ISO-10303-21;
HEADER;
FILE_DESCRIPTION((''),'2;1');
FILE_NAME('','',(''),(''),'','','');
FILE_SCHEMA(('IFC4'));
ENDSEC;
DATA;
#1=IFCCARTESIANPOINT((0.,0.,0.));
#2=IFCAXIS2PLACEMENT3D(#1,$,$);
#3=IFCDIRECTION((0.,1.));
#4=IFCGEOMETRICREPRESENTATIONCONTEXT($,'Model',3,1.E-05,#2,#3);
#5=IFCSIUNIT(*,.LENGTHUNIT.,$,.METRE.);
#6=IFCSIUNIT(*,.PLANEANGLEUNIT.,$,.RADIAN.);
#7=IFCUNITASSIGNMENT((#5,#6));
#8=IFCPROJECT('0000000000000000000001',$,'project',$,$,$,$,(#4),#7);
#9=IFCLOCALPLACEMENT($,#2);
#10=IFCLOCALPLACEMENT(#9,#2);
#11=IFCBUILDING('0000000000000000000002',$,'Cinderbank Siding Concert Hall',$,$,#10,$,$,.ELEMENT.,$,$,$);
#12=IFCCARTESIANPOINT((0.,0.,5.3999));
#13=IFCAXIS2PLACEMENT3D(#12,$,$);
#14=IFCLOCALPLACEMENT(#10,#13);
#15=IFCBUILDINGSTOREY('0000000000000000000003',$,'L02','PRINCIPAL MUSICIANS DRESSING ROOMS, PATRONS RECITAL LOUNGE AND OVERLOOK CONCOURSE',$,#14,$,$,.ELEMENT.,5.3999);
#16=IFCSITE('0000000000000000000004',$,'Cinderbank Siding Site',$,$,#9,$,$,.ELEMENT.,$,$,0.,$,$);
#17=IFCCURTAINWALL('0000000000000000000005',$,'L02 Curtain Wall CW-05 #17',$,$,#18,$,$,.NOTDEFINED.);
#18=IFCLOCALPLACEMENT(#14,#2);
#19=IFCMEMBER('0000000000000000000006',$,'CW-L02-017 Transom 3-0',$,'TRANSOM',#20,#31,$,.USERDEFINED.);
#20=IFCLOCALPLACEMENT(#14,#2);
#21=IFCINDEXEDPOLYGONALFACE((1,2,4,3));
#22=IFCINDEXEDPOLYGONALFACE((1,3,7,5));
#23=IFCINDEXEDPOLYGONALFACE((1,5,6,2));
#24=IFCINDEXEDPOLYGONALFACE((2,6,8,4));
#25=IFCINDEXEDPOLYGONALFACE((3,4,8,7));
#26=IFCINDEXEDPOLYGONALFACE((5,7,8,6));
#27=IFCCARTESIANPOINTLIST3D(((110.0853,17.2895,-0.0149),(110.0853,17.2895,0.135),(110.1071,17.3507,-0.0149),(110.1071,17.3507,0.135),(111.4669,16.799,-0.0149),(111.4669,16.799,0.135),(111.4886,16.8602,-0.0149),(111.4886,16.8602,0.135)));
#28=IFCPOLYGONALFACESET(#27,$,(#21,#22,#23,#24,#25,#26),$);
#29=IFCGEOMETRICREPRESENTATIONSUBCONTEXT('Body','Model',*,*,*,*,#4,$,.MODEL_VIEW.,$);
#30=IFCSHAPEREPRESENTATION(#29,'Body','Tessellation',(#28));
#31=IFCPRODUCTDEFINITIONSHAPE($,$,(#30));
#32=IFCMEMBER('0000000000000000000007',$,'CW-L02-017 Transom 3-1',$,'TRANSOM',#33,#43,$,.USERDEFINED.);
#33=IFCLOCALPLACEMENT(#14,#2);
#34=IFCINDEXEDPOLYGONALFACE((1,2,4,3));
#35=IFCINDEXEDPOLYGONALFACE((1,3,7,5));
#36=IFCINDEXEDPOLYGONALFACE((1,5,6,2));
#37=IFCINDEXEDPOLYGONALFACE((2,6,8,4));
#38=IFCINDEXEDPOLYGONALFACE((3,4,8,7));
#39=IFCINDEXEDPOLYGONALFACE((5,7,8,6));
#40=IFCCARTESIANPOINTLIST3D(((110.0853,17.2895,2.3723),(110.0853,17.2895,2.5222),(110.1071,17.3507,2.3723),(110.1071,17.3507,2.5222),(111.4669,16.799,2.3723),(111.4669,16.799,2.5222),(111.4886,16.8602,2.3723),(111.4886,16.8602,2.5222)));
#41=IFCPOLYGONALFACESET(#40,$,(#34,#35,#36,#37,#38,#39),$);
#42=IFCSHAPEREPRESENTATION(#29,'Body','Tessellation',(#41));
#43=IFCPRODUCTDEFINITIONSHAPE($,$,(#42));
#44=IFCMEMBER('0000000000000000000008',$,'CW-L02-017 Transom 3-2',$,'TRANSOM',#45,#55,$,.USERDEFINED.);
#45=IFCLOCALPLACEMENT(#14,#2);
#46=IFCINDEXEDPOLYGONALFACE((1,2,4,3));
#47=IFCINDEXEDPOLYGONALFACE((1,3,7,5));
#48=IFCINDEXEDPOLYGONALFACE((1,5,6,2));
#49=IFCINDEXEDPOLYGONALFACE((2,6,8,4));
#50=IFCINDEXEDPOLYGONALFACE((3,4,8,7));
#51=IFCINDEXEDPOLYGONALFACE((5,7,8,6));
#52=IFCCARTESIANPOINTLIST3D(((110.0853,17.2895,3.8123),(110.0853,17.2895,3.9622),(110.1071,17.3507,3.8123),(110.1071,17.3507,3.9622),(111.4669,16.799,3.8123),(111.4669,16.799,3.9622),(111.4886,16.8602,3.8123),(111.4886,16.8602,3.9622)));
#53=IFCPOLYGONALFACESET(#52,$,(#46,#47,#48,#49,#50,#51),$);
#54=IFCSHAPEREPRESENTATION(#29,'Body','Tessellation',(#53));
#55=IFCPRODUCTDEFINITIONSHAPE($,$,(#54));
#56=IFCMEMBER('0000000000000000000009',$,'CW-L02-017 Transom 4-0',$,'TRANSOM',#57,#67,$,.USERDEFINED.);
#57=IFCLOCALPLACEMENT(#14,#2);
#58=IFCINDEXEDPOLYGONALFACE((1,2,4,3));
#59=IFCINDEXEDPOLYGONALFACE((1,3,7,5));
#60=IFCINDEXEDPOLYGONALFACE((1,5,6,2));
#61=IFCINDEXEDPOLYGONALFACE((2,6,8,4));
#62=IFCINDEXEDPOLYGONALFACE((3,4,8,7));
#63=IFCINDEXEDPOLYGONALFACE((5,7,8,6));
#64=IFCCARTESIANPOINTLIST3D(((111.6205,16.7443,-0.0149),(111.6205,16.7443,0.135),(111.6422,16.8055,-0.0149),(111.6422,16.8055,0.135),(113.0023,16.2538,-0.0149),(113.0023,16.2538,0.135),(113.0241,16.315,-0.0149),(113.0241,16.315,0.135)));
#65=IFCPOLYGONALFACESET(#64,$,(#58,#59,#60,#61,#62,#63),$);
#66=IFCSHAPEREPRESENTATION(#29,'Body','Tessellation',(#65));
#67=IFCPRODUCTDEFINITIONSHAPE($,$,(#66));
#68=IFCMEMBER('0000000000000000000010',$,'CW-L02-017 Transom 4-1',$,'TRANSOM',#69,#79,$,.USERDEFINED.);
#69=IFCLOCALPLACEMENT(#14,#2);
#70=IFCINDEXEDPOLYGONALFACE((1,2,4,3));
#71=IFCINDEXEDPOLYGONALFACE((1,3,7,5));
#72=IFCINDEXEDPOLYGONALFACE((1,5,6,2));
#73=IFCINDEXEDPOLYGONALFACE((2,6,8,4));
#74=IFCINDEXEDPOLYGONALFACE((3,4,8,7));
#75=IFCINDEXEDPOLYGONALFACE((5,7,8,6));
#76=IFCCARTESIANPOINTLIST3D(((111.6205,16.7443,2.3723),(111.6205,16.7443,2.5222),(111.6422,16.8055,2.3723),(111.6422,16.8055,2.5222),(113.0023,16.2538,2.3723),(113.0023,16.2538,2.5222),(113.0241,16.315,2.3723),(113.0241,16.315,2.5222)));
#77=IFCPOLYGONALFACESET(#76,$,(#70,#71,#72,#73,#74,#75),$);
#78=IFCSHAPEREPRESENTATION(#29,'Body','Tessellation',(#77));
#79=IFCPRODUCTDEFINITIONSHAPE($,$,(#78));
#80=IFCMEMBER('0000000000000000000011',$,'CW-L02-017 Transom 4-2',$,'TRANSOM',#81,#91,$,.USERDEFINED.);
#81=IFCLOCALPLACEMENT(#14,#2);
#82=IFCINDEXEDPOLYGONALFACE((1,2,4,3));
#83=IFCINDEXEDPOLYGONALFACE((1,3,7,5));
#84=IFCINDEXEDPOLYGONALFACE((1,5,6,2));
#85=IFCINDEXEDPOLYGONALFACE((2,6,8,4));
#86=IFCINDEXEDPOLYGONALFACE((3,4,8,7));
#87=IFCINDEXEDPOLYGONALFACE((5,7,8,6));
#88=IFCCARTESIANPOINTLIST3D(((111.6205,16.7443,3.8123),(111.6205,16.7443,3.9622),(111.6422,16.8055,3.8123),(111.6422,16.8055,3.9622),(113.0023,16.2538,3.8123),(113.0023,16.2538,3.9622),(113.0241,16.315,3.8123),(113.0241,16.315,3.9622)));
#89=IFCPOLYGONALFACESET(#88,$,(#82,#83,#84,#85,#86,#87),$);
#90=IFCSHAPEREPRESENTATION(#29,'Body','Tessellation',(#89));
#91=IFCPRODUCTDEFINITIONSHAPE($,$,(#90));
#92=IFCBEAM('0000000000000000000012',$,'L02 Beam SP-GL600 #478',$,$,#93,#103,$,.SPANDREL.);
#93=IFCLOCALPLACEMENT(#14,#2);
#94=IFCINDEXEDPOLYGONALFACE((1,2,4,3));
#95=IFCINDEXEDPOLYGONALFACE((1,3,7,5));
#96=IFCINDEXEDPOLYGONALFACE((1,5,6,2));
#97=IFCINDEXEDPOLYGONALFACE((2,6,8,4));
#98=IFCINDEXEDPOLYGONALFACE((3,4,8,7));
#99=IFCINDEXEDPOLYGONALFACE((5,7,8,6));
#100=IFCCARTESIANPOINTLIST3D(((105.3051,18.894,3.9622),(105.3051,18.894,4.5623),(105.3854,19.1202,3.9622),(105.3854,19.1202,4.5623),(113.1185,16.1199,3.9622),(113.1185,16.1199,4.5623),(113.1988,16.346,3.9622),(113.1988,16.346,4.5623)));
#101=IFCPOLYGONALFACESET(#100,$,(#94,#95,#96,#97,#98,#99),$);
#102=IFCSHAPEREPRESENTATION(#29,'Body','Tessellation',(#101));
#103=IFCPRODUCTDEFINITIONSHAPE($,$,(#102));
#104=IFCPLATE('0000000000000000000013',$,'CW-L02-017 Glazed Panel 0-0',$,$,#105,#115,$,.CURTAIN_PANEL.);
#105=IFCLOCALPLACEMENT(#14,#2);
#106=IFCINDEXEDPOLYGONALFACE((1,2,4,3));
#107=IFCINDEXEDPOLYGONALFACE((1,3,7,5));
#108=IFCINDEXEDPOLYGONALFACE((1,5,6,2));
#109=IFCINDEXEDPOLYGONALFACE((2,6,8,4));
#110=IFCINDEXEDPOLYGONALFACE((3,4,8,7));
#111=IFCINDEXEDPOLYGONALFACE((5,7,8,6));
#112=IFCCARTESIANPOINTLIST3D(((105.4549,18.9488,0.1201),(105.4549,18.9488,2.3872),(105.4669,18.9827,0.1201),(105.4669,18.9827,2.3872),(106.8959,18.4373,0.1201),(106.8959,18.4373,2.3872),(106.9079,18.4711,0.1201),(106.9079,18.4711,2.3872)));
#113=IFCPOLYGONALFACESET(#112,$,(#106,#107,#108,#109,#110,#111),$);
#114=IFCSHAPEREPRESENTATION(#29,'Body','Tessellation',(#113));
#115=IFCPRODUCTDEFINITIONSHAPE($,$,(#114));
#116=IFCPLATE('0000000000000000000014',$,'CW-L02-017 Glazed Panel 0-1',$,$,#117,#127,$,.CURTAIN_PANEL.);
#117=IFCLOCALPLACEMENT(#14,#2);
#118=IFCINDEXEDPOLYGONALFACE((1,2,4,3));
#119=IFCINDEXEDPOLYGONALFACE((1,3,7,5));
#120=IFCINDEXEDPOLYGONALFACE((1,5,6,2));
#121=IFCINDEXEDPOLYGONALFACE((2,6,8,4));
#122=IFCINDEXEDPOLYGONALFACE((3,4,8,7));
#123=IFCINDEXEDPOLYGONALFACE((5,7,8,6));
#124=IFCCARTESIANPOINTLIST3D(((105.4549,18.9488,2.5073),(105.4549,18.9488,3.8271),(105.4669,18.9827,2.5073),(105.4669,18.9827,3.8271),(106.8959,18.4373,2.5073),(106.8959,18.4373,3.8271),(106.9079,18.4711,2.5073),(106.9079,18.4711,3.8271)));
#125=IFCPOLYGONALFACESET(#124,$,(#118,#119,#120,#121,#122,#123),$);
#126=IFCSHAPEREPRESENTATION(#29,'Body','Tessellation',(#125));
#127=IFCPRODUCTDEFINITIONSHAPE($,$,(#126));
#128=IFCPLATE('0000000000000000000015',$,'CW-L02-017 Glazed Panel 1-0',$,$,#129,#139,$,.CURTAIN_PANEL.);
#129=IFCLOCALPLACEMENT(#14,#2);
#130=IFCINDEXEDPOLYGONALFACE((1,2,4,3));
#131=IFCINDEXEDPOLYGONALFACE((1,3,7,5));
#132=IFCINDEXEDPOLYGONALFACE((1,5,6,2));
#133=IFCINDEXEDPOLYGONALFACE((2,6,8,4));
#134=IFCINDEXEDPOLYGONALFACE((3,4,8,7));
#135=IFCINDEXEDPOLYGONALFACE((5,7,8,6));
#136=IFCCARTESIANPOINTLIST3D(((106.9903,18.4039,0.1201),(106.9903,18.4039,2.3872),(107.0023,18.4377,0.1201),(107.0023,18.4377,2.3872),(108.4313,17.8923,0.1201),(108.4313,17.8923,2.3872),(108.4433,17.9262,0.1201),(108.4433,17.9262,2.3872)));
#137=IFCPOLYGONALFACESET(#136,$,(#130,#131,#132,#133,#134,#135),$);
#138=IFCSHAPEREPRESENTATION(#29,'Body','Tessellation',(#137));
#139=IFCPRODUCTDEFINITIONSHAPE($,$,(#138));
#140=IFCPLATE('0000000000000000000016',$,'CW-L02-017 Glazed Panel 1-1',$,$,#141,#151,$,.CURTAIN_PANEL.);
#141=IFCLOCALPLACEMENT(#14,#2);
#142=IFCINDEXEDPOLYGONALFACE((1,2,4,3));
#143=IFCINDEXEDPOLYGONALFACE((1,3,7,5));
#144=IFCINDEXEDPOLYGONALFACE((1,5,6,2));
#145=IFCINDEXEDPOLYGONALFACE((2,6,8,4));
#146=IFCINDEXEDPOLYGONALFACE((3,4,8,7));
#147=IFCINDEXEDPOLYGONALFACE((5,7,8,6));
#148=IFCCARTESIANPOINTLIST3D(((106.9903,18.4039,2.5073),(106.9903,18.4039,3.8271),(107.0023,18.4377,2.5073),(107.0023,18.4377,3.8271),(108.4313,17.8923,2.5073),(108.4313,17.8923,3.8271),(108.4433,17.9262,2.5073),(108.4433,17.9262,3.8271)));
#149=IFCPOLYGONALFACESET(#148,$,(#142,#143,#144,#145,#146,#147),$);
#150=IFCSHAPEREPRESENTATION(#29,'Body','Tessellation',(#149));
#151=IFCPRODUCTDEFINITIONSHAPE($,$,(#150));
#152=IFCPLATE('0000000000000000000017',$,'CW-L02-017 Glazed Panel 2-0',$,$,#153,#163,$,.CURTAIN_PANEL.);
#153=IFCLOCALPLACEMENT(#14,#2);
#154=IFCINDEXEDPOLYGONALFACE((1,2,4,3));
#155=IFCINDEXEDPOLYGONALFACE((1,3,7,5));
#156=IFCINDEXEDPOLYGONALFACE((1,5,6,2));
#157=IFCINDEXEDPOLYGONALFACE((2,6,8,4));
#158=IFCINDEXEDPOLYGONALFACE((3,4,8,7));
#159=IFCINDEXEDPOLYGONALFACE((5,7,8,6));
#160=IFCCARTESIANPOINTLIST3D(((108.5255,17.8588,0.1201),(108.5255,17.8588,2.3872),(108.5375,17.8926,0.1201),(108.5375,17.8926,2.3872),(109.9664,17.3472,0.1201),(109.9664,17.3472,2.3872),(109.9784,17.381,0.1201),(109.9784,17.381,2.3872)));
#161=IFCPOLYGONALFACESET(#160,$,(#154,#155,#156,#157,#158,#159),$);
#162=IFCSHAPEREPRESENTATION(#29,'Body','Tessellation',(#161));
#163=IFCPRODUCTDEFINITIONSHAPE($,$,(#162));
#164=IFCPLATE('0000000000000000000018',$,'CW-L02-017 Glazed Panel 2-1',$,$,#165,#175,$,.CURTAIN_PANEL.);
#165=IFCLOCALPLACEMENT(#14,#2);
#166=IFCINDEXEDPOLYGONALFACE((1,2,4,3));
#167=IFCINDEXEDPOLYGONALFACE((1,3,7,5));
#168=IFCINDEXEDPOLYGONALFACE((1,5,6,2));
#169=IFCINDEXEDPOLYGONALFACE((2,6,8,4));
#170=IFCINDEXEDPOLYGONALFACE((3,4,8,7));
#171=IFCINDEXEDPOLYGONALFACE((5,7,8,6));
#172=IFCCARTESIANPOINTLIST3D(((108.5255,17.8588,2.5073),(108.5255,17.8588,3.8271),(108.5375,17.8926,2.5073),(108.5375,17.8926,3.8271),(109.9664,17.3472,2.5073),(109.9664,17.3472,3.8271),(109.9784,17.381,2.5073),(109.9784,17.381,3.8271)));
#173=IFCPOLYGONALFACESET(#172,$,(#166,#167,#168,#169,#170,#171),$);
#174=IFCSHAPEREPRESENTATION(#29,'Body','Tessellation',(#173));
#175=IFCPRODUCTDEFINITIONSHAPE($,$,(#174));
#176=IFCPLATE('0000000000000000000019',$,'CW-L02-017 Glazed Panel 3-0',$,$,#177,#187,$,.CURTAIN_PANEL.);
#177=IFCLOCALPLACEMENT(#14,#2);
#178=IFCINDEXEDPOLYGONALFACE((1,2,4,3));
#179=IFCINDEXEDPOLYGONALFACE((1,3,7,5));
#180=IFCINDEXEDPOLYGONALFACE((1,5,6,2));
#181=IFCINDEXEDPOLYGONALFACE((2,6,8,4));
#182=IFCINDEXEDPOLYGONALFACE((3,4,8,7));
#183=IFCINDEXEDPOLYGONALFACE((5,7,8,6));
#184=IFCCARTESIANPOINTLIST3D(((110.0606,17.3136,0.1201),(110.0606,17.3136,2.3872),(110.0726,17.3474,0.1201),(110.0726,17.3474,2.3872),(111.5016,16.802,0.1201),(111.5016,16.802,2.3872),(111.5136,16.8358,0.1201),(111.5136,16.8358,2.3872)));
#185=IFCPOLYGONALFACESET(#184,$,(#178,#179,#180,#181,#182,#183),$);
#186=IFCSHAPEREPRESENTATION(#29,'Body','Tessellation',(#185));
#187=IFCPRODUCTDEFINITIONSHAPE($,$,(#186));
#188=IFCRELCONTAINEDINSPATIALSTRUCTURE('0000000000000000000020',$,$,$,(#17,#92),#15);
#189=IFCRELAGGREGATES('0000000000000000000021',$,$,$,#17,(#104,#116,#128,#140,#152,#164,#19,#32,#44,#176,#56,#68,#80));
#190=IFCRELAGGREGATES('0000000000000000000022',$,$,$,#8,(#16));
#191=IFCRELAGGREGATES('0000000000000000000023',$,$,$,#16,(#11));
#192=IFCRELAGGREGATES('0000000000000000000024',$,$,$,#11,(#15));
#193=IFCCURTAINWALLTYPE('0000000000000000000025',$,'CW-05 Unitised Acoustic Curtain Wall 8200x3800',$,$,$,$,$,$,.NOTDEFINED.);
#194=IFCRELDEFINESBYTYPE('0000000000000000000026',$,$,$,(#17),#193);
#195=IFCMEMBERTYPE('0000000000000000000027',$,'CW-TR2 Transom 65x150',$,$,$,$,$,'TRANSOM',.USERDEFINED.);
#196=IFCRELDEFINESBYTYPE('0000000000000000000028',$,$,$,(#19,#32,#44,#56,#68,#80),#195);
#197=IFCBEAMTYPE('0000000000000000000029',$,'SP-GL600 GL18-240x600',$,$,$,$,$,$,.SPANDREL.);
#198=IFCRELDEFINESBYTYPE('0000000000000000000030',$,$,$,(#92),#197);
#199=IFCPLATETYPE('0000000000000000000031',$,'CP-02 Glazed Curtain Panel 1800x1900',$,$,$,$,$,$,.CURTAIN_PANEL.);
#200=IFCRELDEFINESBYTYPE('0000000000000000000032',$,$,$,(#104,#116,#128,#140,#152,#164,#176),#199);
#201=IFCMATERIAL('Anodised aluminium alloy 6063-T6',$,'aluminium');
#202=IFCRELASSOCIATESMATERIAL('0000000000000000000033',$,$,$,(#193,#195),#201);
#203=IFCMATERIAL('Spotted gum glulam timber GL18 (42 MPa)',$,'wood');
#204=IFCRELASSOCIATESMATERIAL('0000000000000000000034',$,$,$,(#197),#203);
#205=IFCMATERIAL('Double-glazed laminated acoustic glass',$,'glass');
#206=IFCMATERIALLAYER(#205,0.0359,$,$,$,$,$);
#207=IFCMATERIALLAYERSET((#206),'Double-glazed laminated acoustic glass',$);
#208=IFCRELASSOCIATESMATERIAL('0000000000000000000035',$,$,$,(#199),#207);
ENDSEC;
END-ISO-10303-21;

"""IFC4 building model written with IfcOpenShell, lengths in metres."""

from ifc_helpers import new_model, si_unit, direction, frame, origin, origin_2d, place, context, subcontext, project, spatial, rectangle, extrude, material, layer, layer_set, material_profile, profile_set, type_object, element, aggregate, save


model = new_model("IFC4")

# Units and contexts
model_context = context("Model", 3, precision=1e-05, world=origin(), true_north=direction((0.0, 1.0)))
body_context = subcontext(model_context, "Body", "Model", "MODEL_VIEW")
ifc_project = project(units=[si_unit("LENGTHUNIT", "METRE"), si_unit("PLANEANGLEUNIT", "RADIAN")], contexts=[model_context])

# Site, building, storey
site_placement = place(None, origin())
site = spatial("IfcSite", under=ifc_project, at=site_placement, Name="Cinderbank Siding Site", CompositionType="ELEMENT", RefElevation=0.0)
building_placement = place(site_placement, origin())
building = spatial("IfcBuilding", under=site, at=building_placement, Name="Cinderbank Siding Concert Hall", CompositionType="ELEMENT")
storey_placement = place(building_placement, frame((0.0, 0.0, 5.3999)))
storey = spatial("IfcBuildingStorey", under=building, at=storey_placement, Name="L02", Description="PRINCIPAL MUSICIANS DRESSING ROOMS, PATRONS RECITAL LOUNGE AND OVERLOOK CONCOURSE", CompositionType="ELEMENT", Elevation=5.3999)

# Curtain wall, members
ifc_material_1 = material(Name="Anodised aluminium alloy 6063-T6", Category="aluminium")
curtain_wall_type = type_object("IfcCurtainWallType", Name="CW-05 Unitised Acoustic Curtain Wall 8200x3800", PredefinedType="NOTDEFINED", material=ifc_material_1)
curtain_wall_placement = place(storey_placement, origin())
curtain_wall = element("IfcCurtainWall", 1, at=curtain_wall_placement, inside=storey, type_object=curtain_wall_type, Name="L02 Curtain Wall CW-05 #17", PredefinedType="NOTDEFINED")
ifc_material_profile_1 = material_profile(ifc_material_1, rectangle(XDim=0.0649, YDim=0.1499, at=origin_2d()), Name="ALU-TRAN-65x150", Category="LoadBearing")
ifc_profile_set_1 = profile_set([ifc_material_profile_1], Name="Anodised aluminium alloy 6063-T6")
member_type_1 = type_object("IfcMemberType", Name="CW-TR2 Transom 65x150", ElementType="TRANSOM", PredefinedType="USERDEFINED", material=ifc_profile_set_1)
member_1_placement = place(storey_placement, frame((110.0962, 17.3201, 0.0601), z_axis=(0.942377, -0.334553, 0.0), x_axis=(0.334553, 0.942377, 0.0)))
member_1 = element("IfcMember", 2, at=member_1_placement, type_object=member_type_1, Name="CW-L02-017 Transom 3-0", ObjectType="TRANSOM", PredefinedType="USERDEFINED", context=body_context, shape_type="SweptSolid", body=[
    extrude(rectangle(XDim=0.0649, YDim=0.1499, at=origin_2d()), origin(), (0.0, 0.0, 1.0), 1.4661),
])
member_2_placement = place(storey_placement, frame((110.0962, 17.3201, 2.4473), z_axis=(0.942377, -0.334553, 0.0), x_axis=(0.334553, 0.942377, 0.0)))
member_2 = element("IfcMember", 3, at=member_2_placement, type_object=member_type_1, Name="CW-L02-017 Transom 3-1", ObjectType="TRANSOM", PredefinedType="USERDEFINED", context=body_context, shape_type="SweptSolid", body=[
    extrude(rectangle(XDim=0.0649, YDim=0.1499, at=origin_2d()), origin(), (0.0, 0.0, 1.0), 1.4661),
])
member_3_placement = place(storey_placement, frame((110.0962, 17.3201, 3.8872), z_axis=(0.942377, -0.334553, 0.0), x_axis=(0.334553, 0.942377, 0.0)))
member_3 = element("IfcMember", 4, at=member_3_placement, type_object=member_type_1, Name="CW-L02-017 Transom 3-2", ObjectType="TRANSOM", PredefinedType="USERDEFINED", context=body_context, shape_type="SweptSolid", body=[
    extrude(rectangle(XDim=0.0649, YDim=0.1499, at=origin_2d()), origin(), (0.0, 0.0, 1.0), 1.4661),
])
member_4_placement = place(storey_placement, frame((111.6313, 16.7749, 0.0601), z_axis=(0.942396, -0.3345, 0.0), x_axis=(0.3345, 0.942396, 0.0)))
member_4 = element("IfcMember", 5, at=member_4_placement, type_object=member_type_1, Name="CW-L02-017 Transom 4-0", ObjectType="TRANSOM", PredefinedType="USERDEFINED", context=body_context, shape_type="SweptSolid", body=[
    extrude(rectangle(XDim=0.0649, YDim=0.1499, at=origin_2d()), origin(), (0.0, 0.0, 1.0), 1.4663),
])
member_5_placement = place(storey_placement, frame((111.6313, 16.7749, 2.4473), z_axis=(0.942396, -0.3345, 0.0), x_axis=(0.3345, 0.942396, 0.0)))
member_5 = element("IfcMember", 6, at=member_5_placement, type_object=member_type_1, Name="CW-L02-017 Transom 4-1", ObjectType="TRANSOM", PredefinedType="USERDEFINED", context=body_context, shape_type="SweptSolid", body=[
    extrude(rectangle(XDim=0.0649, YDim=0.1499, at=origin_2d()), origin(), (0.0, 0.0, 1.0), 1.4663),
])
member_6_placement = place(storey_placement, frame((111.6313, 16.7749, 3.8872), z_axis=(0.942396, -0.3345, 0.0), x_axis=(0.3345, 0.942396, 0.0)))
member_6 = element("IfcMember", 7, at=member_6_placement, type_object=member_type_1, Name="CW-L02-017 Transom 4-2", ObjectType="TRANSOM", PredefinedType="USERDEFINED", context=body_context, shape_type="SweptSolid", body=[
    extrude(rectangle(XDim=0.0649, YDim=0.1499, at=origin_2d()), origin(), (0.0, 0.0, 1.0), 1.4663),
])

# Beam
ifc_material_2 = material(Name="Spotted gum glulam timber GL18 (42 MPa)", Category="wood")
ifc_material_profile_2 = material_profile(ifc_material_2, rectangle(XDim=0.24, YDim=0.6001, at=origin_2d()), Name="GL18-240x600", Category="LoadBearing")
ifc_profile_set_2 = profile_set([ifc_material_profile_2], Name="Spotted gum glulam timber GL18 (42 MPa)")
beam_type = type_object("IfcBeamType", Name="SP-GL600 GL18-240x600", PredefinedType="SPANDREL", material=ifc_profile_set_2)
beam_placement = place(storey_placement, frame((105.3452, 19.0071, 4.2622), z_axis=(0.942365, -0.334586, 0.0), x_axis=(0.334586, 0.942365, 0.0)))
element("IfcBeam", 8, at=beam_placement, inside=storey, type_object=beam_type, Name="L02 Beam SP-GL600 #478", PredefinedType="SPANDREL", context=body_context, shape_type="SweptSolid", body=[
    extrude(rectangle(XDim=0.24, YDim=0.6001, at=origin_2d()), origin(), (0.0, 0.0, 1.0), 8.2913),
])

# Plates
ifc_material_3 = material(Name="Double-glazed laminated acoustic glass", Category="glass")
ifc_layer_1 = layer(ifc_material_3, 0.0359)
ifc_layer_set_1 = layer_set([ifc_layer_1], Name="Double-glazed laminated acoustic glass")
plate_type = type_object("IfcPlateType", Name="CP-02 Glazed Curtain Panel 1800x1900", PredefinedType="CURTAIN_PANEL", material=ifc_layer_set_1)
plate_1_placement = place(storey_placement, frame((106.1814, 18.71, 0.1201), z_axis=(0.0, 0.0, 1.0), x_axis=(0.942366, -0.334585, 0.0)))
plate_1 = element("IfcPlate", 9, at=plate_1_placement, type_object=plate_type, Name="CW-L02-017 Glazed Panel 0-0", PredefinedType="CURTAIN_PANEL", context=body_context, shape_type="SweptSolid", body=[
    extrude(rectangle(XDim=1.5291, YDim=0.0359, at=origin_2d()), origin(), (0.0, 0.0, 1.0), 2.2671),
])
plate_2_placement = place(storey_placement, frame((106.1814, 18.71, 2.5073), z_axis=(0.0, 0.0, 1.0), x_axis=(0.942366, -0.334585, 0.0)))
plate_2 = element("IfcPlate", 10, at=plate_2_placement, type_object=plate_type, Name="CW-L02-017 Glazed Panel 0-1", PredefinedType="CURTAIN_PANEL", context=body_context, shape_type="SweptSolid", body=[
    extrude(rectangle(XDim=1.5291, YDim=0.0359, at=origin_2d()), origin(), (0.0, 0.0, 1.0), 1.3198),
])
plate_3_placement = place(storey_placement, frame((107.7168, 18.165, 0.1201), z_axis=(0.0, 0.0, 1.0), x_axis=(0.942366, -0.334585, 0.0)))
plate_3 = element("IfcPlate", 11, at=plate_3_placement, type_object=plate_type, Name="CW-L02-017 Glazed Panel 1-0", PredefinedType="CURTAIN_PANEL", context=body_context, shape_type="SweptSolid", body=[
    extrude(rectangle(XDim=1.5291, YDim=0.0359, at=origin_2d()), origin(), (0.0, 0.0, 1.0), 2.2671),
])
plate_4_placement = place(storey_placement, frame((107.7168, 18.165, 2.5073), z_axis=(0.0, 0.0, 1.0), x_axis=(0.942366, -0.334585, 0.0)))
plate_4 = element("IfcPlate", 12, at=plate_4_placement, type_object=plate_type, Name="CW-L02-017 Glazed Panel 1-1", PredefinedType="CURTAIN_PANEL", context=body_context, shape_type="SweptSolid", body=[
    extrude(rectangle(XDim=1.5291, YDim=0.0359, at=origin_2d()), origin(), (0.0, 0.0, 1.0), 1.3198),
])
plate_5_placement = place(storey_placement, frame((109.252, 17.6199, 0.1201), z_axis=(0.0, 0.0, 1.0), x_axis=(0.942366, -0.334585, 0.0)))
plate_5 = element("IfcPlate", 13, at=plate_5_placement, type_object=plate_type, Name="CW-L02-017 Glazed Panel 2-0", PredefinedType="CURTAIN_PANEL", context=body_context, shape_type="SweptSolid", body=[
    extrude(rectangle(XDim=1.5291, YDim=0.0359, at=origin_2d()), origin(), (0.0, 0.0, 1.0), 2.2671),
])
plate_6_placement = place(storey_placement, frame((109.252, 17.6199, 2.5073), z_axis=(0.0, 0.0, 1.0), x_axis=(0.942366, -0.334585, 0.0)))
plate_6 = element("IfcPlate", 14, at=plate_6_placement, type_object=plate_type, Name="CW-L02-017 Glazed Panel 2-1", PredefinedType="CURTAIN_PANEL", context=body_context, shape_type="SweptSolid", body=[
    extrude(rectangle(XDim=1.5291, YDim=0.0359, at=origin_2d()), origin(), (0.0, 0.0, 1.0), 1.3198),
])
plate_7_placement = place(storey_placement, frame((110.7871, 17.0747, 0.1201), z_axis=(0.0, 0.0, 1.0), x_axis=(0.942366, -0.334585, 0.0)))
plate_7 = element("IfcPlate", 15, at=plate_7_placement, type_object=plate_type, Name="CW-L02-017 Glazed Panel 3-0", PredefinedType="CURTAIN_PANEL", context=body_context, shape_type="SweptSolid", body=[
    extrude(rectangle(XDim=1.5291, YDim=0.0359, at=origin_2d()), origin(), (0.0, 0.0, 1.0), 2.2671),
])
aggregate(curtain_wall, [plate_1, plate_2, plate_3, plate_4, plate_5, plate_6, member_1, member_2, member_3, plate_7, member_4, member_5, member_6])

save(model, "model.ifc")
